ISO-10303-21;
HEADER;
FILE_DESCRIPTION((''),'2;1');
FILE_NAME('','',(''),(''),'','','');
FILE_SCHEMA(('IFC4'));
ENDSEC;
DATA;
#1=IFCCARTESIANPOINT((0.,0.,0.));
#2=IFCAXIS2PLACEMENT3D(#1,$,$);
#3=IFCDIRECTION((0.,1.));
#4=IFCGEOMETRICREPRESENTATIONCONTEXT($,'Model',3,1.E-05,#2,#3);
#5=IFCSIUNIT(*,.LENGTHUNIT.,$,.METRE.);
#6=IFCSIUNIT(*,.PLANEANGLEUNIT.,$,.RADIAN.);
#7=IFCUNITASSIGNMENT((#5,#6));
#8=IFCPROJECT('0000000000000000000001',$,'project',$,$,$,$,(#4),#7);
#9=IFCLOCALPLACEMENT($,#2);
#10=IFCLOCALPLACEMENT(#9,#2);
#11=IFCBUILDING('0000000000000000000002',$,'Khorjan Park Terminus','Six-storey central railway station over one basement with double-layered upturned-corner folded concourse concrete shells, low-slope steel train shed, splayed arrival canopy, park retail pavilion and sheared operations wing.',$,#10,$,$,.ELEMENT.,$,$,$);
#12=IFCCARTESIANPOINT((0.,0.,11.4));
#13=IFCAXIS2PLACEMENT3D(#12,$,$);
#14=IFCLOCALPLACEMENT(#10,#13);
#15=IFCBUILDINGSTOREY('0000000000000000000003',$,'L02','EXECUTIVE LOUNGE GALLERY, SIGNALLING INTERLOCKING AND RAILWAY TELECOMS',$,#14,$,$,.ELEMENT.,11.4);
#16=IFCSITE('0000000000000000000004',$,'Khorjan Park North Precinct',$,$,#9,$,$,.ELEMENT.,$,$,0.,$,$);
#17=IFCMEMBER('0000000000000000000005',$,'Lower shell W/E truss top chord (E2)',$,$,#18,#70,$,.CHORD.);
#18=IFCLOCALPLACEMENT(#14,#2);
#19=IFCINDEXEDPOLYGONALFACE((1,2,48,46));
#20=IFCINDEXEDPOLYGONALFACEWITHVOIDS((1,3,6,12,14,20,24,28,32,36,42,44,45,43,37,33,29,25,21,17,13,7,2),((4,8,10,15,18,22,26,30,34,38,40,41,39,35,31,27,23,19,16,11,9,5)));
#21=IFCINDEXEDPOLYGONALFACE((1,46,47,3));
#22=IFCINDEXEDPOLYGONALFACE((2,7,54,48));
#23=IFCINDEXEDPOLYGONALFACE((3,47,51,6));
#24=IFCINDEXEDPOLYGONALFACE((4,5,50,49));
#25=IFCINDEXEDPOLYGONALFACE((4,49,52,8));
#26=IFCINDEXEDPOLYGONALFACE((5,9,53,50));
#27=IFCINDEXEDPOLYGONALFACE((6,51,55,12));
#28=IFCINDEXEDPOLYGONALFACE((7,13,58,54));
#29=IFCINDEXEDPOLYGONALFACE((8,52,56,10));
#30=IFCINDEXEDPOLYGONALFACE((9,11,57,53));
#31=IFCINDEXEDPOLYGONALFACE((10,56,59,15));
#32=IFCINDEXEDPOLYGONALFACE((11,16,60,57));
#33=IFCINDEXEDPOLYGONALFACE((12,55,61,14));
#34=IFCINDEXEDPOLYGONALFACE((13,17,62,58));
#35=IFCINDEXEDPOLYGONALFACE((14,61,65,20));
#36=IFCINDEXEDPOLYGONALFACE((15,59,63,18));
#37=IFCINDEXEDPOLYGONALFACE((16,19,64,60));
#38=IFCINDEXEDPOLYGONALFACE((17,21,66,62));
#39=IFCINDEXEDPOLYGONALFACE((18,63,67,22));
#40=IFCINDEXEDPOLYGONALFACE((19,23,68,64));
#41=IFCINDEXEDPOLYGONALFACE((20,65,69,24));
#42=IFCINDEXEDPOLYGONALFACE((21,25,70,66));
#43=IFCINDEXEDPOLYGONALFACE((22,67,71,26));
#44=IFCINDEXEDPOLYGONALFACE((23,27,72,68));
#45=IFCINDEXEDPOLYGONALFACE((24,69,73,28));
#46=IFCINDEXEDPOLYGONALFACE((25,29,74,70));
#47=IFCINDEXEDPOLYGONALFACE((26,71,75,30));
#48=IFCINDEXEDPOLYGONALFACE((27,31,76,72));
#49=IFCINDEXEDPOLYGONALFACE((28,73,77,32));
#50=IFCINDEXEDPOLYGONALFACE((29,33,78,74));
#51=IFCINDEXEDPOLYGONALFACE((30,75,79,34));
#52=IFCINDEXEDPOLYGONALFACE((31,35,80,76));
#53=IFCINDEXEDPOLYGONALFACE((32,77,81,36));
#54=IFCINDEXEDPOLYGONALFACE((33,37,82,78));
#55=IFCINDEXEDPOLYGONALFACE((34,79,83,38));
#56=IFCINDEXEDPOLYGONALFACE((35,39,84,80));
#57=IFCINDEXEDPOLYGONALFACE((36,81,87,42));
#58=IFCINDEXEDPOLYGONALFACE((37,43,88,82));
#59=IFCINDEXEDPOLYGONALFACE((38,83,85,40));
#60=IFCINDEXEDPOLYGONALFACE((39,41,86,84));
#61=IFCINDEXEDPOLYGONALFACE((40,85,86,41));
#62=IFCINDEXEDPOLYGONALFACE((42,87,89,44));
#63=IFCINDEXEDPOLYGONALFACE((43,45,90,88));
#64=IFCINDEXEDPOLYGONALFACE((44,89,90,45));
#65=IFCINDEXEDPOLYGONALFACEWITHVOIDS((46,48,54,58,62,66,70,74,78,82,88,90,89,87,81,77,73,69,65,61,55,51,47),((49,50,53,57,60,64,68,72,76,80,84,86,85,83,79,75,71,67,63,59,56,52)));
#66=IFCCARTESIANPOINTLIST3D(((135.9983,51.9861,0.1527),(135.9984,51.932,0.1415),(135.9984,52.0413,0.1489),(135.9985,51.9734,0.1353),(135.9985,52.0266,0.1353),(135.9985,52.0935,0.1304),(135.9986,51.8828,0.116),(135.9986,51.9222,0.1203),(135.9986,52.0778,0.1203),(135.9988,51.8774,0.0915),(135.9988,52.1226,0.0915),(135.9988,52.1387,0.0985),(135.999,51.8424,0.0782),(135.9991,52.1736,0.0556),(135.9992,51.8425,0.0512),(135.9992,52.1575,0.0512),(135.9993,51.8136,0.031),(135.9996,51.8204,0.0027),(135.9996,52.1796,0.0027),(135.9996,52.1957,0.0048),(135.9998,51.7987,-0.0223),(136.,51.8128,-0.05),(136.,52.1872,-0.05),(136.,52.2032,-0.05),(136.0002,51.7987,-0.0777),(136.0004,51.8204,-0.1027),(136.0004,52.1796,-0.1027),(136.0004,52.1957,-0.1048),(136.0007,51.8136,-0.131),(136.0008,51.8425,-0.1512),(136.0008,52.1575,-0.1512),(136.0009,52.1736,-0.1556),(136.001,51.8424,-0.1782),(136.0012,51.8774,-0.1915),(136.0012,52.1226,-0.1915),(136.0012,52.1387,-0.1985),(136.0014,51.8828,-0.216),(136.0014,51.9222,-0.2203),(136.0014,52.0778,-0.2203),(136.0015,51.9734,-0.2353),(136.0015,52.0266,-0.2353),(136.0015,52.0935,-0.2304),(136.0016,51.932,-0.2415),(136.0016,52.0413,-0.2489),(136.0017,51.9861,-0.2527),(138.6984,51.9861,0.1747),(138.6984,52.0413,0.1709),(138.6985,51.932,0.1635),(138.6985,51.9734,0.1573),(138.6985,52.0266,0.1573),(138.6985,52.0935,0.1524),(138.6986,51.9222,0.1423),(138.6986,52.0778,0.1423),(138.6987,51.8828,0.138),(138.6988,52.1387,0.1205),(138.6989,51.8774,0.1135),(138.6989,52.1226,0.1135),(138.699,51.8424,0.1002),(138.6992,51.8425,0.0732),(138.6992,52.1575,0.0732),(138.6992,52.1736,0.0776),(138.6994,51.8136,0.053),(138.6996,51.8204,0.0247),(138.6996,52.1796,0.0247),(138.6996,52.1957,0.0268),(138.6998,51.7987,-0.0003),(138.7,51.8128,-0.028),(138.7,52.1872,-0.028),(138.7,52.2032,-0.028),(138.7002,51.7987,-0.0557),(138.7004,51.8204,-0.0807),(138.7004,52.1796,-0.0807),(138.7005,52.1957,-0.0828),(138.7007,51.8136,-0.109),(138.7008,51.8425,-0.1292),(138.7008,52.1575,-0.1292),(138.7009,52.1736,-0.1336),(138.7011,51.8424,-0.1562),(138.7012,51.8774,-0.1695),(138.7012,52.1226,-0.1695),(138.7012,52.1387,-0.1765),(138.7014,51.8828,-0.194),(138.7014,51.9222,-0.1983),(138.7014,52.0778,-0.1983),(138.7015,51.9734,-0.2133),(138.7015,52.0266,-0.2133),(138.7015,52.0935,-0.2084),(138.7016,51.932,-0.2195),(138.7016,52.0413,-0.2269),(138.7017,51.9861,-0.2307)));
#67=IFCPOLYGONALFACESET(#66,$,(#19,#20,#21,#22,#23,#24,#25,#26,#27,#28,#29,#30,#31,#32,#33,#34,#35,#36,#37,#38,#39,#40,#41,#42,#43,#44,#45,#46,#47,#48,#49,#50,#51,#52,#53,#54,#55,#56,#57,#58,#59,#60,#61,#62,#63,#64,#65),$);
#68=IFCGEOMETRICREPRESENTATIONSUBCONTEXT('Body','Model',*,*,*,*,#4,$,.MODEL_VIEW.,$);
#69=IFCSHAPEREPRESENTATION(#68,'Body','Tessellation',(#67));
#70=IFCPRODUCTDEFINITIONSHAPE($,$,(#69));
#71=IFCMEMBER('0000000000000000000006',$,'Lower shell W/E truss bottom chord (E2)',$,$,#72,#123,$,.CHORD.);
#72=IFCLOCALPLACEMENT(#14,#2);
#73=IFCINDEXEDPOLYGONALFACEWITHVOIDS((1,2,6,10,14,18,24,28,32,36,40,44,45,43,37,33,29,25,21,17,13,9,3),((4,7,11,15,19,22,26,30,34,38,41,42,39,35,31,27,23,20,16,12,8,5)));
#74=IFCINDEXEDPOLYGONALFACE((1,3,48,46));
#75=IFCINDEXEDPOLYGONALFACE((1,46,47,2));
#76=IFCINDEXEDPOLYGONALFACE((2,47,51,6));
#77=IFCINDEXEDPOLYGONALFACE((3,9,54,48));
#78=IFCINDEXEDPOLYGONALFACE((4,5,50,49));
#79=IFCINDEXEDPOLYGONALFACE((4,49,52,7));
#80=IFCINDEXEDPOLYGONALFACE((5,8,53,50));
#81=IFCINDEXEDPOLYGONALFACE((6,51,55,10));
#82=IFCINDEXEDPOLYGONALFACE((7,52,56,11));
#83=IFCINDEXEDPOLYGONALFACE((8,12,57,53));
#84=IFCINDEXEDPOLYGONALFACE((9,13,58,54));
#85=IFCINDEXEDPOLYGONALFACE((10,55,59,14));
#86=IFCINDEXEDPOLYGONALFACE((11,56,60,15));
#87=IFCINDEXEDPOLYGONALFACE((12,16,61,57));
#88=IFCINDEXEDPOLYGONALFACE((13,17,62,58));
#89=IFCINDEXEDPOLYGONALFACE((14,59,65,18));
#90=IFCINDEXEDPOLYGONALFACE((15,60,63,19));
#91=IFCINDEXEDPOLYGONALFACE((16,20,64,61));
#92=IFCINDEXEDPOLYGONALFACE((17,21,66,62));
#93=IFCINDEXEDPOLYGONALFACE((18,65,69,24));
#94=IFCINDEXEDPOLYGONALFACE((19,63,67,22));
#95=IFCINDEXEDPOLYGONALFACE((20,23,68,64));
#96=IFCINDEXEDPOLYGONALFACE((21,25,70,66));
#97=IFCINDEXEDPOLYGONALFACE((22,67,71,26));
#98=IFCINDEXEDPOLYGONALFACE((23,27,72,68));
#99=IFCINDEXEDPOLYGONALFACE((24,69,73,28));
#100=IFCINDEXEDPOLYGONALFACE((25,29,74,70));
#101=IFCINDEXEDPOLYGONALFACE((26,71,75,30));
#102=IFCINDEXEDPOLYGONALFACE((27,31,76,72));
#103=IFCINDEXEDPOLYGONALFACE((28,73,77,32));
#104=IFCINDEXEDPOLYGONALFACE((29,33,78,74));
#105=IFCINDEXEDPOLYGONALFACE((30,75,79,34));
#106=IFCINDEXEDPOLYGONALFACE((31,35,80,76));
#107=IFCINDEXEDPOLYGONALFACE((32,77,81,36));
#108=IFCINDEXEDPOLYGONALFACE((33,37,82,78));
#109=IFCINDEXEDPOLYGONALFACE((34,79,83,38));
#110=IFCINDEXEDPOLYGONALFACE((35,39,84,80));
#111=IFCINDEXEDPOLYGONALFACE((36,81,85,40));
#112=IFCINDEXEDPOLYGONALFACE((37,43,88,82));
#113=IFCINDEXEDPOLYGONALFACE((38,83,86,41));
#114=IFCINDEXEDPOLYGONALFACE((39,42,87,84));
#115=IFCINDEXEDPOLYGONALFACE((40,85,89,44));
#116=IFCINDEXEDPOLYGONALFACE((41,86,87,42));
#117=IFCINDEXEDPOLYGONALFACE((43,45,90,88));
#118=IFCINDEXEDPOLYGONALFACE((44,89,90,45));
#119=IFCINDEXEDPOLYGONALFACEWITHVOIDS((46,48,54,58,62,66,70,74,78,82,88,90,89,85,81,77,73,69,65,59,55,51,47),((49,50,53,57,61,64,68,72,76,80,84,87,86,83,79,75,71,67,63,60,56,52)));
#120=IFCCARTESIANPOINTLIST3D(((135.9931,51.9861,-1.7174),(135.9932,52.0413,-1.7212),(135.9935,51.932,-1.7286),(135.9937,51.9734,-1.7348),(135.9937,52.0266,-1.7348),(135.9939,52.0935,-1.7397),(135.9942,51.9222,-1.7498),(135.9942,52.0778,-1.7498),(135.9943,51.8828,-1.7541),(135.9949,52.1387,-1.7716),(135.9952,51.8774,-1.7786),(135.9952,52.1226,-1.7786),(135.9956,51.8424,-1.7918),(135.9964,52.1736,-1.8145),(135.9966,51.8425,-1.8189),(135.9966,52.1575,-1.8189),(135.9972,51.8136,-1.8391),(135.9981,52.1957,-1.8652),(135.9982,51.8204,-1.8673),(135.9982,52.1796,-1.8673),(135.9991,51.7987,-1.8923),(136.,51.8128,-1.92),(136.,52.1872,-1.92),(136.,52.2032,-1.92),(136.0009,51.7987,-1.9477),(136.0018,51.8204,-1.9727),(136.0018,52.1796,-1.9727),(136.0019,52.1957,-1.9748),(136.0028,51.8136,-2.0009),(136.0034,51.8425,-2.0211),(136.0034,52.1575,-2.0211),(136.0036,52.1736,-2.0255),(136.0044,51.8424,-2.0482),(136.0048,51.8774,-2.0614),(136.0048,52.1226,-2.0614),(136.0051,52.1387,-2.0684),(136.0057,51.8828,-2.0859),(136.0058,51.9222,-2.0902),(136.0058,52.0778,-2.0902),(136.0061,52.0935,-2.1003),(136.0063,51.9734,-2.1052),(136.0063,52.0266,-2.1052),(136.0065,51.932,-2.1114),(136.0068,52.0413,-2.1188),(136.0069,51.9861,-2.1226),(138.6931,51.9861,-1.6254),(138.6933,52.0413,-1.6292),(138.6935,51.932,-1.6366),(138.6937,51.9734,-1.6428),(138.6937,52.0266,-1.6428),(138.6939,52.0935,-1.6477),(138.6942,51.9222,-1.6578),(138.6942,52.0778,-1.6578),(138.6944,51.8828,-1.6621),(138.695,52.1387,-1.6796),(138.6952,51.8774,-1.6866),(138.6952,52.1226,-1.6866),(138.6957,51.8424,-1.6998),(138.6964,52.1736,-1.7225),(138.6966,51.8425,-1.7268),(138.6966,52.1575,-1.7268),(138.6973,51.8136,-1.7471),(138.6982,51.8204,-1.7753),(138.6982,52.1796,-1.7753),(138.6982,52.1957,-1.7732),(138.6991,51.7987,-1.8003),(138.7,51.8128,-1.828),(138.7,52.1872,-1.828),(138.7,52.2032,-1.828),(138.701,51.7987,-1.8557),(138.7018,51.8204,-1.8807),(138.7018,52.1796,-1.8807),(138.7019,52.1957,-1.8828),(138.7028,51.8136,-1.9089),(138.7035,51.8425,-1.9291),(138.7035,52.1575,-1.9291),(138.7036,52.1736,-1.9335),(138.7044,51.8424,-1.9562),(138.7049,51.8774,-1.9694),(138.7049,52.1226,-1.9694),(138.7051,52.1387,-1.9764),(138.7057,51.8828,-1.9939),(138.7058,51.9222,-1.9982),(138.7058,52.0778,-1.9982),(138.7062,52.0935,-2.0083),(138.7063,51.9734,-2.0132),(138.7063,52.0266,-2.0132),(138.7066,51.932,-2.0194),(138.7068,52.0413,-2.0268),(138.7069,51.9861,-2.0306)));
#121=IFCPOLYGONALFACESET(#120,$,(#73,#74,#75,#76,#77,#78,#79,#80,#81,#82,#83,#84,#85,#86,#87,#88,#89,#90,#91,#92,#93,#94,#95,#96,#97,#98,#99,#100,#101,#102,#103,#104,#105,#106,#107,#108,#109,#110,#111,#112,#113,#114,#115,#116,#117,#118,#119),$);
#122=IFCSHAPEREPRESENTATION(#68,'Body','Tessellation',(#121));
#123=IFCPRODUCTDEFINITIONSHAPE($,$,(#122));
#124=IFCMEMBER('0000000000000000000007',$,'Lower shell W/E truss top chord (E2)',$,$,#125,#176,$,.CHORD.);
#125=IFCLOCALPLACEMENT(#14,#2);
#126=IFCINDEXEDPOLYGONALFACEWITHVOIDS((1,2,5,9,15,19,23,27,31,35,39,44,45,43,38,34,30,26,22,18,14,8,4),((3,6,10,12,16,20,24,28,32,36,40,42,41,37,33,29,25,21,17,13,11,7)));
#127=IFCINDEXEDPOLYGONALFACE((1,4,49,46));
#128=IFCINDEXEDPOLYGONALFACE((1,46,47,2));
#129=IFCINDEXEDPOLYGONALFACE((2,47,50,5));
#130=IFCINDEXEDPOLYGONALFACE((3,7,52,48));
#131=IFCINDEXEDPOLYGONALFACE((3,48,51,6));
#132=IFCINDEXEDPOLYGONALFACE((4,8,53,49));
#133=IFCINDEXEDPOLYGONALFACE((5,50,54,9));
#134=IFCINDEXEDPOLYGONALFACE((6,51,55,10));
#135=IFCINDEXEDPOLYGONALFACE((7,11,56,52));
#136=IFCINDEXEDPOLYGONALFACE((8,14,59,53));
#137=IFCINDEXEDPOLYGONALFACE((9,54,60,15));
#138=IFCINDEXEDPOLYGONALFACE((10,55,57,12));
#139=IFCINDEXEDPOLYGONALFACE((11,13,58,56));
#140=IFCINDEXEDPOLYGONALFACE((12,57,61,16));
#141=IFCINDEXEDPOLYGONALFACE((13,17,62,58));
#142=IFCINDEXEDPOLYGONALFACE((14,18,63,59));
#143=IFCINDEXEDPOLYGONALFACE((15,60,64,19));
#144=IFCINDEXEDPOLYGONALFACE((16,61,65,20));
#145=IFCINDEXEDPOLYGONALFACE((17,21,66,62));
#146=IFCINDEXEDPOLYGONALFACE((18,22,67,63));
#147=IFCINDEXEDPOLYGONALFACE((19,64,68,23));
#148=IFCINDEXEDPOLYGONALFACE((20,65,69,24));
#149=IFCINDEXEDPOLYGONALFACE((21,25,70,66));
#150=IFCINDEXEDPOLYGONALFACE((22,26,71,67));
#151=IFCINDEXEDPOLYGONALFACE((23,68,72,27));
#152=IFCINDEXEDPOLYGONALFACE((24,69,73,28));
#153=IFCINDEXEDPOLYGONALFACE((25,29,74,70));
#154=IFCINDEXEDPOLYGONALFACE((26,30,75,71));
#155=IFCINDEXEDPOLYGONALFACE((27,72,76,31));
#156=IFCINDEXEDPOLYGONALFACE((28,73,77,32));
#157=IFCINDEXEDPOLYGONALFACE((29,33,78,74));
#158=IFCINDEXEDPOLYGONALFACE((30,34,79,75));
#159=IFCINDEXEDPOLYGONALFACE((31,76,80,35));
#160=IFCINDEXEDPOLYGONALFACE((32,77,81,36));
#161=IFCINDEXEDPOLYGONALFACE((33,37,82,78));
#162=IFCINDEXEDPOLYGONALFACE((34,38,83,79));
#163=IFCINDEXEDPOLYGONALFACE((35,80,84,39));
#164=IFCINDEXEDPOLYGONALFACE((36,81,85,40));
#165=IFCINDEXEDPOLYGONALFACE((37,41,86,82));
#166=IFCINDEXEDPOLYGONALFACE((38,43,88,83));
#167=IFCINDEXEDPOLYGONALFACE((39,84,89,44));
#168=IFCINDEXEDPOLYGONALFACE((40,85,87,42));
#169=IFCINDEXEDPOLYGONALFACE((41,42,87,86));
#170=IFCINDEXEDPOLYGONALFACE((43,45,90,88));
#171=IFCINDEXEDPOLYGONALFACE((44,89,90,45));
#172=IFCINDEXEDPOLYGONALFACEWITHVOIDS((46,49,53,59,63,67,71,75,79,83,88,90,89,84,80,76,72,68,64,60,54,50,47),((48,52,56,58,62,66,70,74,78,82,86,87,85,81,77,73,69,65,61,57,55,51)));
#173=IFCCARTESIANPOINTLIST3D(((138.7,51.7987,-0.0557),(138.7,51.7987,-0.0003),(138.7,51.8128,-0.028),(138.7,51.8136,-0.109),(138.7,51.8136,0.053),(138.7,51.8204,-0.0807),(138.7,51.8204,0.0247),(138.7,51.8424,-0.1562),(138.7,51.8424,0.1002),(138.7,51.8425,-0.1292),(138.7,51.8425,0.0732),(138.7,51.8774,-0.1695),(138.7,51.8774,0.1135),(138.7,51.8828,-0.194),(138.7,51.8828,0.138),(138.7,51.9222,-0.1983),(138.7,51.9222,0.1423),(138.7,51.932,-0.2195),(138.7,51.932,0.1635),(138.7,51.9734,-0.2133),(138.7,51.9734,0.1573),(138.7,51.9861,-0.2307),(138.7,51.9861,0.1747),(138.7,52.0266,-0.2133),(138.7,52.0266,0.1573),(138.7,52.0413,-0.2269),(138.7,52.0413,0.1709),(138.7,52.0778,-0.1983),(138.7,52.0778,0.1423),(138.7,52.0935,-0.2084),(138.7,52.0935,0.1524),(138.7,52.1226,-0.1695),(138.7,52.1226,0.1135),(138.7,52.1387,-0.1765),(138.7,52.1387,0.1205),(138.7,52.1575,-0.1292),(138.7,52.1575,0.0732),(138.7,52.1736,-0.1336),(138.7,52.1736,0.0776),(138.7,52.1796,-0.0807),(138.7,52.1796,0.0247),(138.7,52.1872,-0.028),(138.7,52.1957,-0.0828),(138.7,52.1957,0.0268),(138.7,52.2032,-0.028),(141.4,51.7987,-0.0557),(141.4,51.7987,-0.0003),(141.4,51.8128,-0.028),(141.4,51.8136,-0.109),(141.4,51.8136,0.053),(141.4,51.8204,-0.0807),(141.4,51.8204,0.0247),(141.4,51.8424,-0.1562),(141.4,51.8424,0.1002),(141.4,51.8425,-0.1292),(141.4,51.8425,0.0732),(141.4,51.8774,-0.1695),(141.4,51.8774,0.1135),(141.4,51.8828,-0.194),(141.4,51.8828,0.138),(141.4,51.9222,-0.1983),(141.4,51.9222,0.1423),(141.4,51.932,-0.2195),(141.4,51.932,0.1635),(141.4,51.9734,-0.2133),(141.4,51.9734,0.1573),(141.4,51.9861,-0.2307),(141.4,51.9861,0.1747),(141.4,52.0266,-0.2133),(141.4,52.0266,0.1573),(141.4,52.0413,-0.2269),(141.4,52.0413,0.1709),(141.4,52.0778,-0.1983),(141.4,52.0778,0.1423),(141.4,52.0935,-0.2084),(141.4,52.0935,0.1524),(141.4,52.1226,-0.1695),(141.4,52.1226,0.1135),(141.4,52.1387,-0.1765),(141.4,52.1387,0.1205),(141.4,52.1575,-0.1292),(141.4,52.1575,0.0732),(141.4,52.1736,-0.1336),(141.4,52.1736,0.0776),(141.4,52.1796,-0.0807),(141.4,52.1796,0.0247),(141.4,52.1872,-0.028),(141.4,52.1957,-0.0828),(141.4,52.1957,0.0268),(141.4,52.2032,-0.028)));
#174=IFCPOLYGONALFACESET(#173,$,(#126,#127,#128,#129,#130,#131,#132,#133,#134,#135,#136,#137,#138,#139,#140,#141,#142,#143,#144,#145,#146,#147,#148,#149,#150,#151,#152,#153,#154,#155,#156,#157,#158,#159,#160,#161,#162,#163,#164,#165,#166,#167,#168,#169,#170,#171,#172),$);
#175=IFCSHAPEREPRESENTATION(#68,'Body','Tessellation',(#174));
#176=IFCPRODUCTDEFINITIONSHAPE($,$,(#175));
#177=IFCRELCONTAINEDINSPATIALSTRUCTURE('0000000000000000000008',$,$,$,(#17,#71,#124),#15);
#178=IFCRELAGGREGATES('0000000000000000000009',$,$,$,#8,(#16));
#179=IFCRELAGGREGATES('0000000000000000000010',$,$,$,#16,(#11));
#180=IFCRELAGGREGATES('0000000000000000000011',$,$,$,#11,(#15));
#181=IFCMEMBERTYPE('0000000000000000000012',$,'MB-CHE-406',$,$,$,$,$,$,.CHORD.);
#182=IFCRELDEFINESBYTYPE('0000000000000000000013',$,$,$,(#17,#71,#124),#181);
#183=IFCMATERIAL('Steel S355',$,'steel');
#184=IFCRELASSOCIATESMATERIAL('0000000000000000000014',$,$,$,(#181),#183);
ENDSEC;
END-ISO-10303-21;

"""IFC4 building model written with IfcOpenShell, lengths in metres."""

from ifc_helpers import new_model, si_unit, direction, frame, origin, origin_2d, place, context, subcontext, project, spatial, hollow_circle, extrude, material, material_profile, profile_set, type_object, element, save


model = new_model("IFC4")

# Units and contexts
model_context = context("Model", 3, precision=1e-05, world=origin(), true_north=direction((0.0, 1.0)))
body_context = subcontext(model_context, "Body", "Model", "MODEL_VIEW")
ifc_project = project(units=[si_unit("LENGTHUNIT", "METRE"), si_unit("PLANEANGLEUNIT", "RADIAN")], contexts=[model_context])

# Site, building, storey
site_placement = place(None, origin())
site = spatial("IfcSite", under=ifc_project, at=site_placement, Name="Khorjan Park North Precinct", CompositionType="ELEMENT", RefElevation=0.0)
building_placement = place(site_placement, origin())
building = spatial("IfcBuilding", under=site, at=building_placement, Name="Khorjan Park Terminus", Description="Six-storey central railway station over one basement with double-layered upturned-corner folded concourse concrete shells, low-slope steel train shed, splayed arrival canopy, park retail pavilion and sheared operations wing.", CompositionType="ELEMENT")
storey_placement = place(building_placement, frame((0.0, 0.0, 11.4)))
storey = spatial("IfcBuildingStorey", under=building, at=storey_placement, Name="L02", Description="EXECUTIVE LOUNGE GALLERY, SIGNALLING INTERLOCKING AND RAILWAY TELECOMS", CompositionType="ELEMENT", Elevation=11.4)

# Members
ifc_material_1 = material(Name="Steel S355", Category="steel")
ifc_material_profile_1 = material_profile(ifc_material_1, hollow_circle(Radius=0.2032, WallThickness=0.016, at=origin_2d()), Name="CHS 406.4x16")
ifc_profile_set_1 = profile_set([ifc_material_profile_1], Name="Steel S355")
member_type_1 = type_object("IfcMemberType", Name="MB-CHE-406", PredefinedType="CHORD", material=ifc_profile_set_1)
member_1_placement = place(storey_placement, frame((136.0, 52.0, -0.05), z_axis=(0.999967, 0.0, 0.008148), x_axis=(0.0, 1.0, 0.0)))
element("IfcMember", 1, at=member_1_placement, inside=storey, type_object=member_type_1, Name="Lower shell W/E truss top chord (E2)", PredefinedType="CHORD", context=body_context, shape_type="SweptSolid", body=[
    extrude(hollow_circle(Radius=0.2032, WallThickness=0.016, at=origin_2d()), origin(), (0.0, 0.0, 1.0), 2.7001),
])
member_2_placement = place(storey_placement, frame((136.0, 52.0, -1.92), z_axis=(0.99942, 0.0, 0.034054), x_axis=(0.0, 1.0, 0.0)))
element("IfcMember", 2, at=member_2_placement, inside=storey, type_object=member_type_1, Name="Lower shell W/E truss bottom chord (E2)", PredefinedType="CHORD", context=body_context, shape_type="SweptSolid", body=[
    extrude(hollow_circle(Radius=0.2032, WallThickness=0.016, at=origin_2d()), origin(), (0.0, 0.0, 1.0), 2.7016),
])
for number, where, z_axis, x_axis, name in (
    (3, (138.7, 52.0, -0.028), (1.0, 0.0, 0.0), (0.0, 1.0, 0.0), "Lower shell W/E truss top chord (E2)"),
):
    element("IfcMember", number, at=place(storey_placement, frame(where, z_axis=z_axis, x_axis=x_axis)), inside=storey, type_object=member_type_1, Name=name, PredefinedType="CHORD", context=body_context, shape_type="SweptSolid", body=[
        extrude(hollow_circle(Radius=0.2032, WallThickness=0.016, at=origin_2d()), origin(), (0.0, 0.0, 1.0), 2.7),
    ])

save(model, "model.ifc")
